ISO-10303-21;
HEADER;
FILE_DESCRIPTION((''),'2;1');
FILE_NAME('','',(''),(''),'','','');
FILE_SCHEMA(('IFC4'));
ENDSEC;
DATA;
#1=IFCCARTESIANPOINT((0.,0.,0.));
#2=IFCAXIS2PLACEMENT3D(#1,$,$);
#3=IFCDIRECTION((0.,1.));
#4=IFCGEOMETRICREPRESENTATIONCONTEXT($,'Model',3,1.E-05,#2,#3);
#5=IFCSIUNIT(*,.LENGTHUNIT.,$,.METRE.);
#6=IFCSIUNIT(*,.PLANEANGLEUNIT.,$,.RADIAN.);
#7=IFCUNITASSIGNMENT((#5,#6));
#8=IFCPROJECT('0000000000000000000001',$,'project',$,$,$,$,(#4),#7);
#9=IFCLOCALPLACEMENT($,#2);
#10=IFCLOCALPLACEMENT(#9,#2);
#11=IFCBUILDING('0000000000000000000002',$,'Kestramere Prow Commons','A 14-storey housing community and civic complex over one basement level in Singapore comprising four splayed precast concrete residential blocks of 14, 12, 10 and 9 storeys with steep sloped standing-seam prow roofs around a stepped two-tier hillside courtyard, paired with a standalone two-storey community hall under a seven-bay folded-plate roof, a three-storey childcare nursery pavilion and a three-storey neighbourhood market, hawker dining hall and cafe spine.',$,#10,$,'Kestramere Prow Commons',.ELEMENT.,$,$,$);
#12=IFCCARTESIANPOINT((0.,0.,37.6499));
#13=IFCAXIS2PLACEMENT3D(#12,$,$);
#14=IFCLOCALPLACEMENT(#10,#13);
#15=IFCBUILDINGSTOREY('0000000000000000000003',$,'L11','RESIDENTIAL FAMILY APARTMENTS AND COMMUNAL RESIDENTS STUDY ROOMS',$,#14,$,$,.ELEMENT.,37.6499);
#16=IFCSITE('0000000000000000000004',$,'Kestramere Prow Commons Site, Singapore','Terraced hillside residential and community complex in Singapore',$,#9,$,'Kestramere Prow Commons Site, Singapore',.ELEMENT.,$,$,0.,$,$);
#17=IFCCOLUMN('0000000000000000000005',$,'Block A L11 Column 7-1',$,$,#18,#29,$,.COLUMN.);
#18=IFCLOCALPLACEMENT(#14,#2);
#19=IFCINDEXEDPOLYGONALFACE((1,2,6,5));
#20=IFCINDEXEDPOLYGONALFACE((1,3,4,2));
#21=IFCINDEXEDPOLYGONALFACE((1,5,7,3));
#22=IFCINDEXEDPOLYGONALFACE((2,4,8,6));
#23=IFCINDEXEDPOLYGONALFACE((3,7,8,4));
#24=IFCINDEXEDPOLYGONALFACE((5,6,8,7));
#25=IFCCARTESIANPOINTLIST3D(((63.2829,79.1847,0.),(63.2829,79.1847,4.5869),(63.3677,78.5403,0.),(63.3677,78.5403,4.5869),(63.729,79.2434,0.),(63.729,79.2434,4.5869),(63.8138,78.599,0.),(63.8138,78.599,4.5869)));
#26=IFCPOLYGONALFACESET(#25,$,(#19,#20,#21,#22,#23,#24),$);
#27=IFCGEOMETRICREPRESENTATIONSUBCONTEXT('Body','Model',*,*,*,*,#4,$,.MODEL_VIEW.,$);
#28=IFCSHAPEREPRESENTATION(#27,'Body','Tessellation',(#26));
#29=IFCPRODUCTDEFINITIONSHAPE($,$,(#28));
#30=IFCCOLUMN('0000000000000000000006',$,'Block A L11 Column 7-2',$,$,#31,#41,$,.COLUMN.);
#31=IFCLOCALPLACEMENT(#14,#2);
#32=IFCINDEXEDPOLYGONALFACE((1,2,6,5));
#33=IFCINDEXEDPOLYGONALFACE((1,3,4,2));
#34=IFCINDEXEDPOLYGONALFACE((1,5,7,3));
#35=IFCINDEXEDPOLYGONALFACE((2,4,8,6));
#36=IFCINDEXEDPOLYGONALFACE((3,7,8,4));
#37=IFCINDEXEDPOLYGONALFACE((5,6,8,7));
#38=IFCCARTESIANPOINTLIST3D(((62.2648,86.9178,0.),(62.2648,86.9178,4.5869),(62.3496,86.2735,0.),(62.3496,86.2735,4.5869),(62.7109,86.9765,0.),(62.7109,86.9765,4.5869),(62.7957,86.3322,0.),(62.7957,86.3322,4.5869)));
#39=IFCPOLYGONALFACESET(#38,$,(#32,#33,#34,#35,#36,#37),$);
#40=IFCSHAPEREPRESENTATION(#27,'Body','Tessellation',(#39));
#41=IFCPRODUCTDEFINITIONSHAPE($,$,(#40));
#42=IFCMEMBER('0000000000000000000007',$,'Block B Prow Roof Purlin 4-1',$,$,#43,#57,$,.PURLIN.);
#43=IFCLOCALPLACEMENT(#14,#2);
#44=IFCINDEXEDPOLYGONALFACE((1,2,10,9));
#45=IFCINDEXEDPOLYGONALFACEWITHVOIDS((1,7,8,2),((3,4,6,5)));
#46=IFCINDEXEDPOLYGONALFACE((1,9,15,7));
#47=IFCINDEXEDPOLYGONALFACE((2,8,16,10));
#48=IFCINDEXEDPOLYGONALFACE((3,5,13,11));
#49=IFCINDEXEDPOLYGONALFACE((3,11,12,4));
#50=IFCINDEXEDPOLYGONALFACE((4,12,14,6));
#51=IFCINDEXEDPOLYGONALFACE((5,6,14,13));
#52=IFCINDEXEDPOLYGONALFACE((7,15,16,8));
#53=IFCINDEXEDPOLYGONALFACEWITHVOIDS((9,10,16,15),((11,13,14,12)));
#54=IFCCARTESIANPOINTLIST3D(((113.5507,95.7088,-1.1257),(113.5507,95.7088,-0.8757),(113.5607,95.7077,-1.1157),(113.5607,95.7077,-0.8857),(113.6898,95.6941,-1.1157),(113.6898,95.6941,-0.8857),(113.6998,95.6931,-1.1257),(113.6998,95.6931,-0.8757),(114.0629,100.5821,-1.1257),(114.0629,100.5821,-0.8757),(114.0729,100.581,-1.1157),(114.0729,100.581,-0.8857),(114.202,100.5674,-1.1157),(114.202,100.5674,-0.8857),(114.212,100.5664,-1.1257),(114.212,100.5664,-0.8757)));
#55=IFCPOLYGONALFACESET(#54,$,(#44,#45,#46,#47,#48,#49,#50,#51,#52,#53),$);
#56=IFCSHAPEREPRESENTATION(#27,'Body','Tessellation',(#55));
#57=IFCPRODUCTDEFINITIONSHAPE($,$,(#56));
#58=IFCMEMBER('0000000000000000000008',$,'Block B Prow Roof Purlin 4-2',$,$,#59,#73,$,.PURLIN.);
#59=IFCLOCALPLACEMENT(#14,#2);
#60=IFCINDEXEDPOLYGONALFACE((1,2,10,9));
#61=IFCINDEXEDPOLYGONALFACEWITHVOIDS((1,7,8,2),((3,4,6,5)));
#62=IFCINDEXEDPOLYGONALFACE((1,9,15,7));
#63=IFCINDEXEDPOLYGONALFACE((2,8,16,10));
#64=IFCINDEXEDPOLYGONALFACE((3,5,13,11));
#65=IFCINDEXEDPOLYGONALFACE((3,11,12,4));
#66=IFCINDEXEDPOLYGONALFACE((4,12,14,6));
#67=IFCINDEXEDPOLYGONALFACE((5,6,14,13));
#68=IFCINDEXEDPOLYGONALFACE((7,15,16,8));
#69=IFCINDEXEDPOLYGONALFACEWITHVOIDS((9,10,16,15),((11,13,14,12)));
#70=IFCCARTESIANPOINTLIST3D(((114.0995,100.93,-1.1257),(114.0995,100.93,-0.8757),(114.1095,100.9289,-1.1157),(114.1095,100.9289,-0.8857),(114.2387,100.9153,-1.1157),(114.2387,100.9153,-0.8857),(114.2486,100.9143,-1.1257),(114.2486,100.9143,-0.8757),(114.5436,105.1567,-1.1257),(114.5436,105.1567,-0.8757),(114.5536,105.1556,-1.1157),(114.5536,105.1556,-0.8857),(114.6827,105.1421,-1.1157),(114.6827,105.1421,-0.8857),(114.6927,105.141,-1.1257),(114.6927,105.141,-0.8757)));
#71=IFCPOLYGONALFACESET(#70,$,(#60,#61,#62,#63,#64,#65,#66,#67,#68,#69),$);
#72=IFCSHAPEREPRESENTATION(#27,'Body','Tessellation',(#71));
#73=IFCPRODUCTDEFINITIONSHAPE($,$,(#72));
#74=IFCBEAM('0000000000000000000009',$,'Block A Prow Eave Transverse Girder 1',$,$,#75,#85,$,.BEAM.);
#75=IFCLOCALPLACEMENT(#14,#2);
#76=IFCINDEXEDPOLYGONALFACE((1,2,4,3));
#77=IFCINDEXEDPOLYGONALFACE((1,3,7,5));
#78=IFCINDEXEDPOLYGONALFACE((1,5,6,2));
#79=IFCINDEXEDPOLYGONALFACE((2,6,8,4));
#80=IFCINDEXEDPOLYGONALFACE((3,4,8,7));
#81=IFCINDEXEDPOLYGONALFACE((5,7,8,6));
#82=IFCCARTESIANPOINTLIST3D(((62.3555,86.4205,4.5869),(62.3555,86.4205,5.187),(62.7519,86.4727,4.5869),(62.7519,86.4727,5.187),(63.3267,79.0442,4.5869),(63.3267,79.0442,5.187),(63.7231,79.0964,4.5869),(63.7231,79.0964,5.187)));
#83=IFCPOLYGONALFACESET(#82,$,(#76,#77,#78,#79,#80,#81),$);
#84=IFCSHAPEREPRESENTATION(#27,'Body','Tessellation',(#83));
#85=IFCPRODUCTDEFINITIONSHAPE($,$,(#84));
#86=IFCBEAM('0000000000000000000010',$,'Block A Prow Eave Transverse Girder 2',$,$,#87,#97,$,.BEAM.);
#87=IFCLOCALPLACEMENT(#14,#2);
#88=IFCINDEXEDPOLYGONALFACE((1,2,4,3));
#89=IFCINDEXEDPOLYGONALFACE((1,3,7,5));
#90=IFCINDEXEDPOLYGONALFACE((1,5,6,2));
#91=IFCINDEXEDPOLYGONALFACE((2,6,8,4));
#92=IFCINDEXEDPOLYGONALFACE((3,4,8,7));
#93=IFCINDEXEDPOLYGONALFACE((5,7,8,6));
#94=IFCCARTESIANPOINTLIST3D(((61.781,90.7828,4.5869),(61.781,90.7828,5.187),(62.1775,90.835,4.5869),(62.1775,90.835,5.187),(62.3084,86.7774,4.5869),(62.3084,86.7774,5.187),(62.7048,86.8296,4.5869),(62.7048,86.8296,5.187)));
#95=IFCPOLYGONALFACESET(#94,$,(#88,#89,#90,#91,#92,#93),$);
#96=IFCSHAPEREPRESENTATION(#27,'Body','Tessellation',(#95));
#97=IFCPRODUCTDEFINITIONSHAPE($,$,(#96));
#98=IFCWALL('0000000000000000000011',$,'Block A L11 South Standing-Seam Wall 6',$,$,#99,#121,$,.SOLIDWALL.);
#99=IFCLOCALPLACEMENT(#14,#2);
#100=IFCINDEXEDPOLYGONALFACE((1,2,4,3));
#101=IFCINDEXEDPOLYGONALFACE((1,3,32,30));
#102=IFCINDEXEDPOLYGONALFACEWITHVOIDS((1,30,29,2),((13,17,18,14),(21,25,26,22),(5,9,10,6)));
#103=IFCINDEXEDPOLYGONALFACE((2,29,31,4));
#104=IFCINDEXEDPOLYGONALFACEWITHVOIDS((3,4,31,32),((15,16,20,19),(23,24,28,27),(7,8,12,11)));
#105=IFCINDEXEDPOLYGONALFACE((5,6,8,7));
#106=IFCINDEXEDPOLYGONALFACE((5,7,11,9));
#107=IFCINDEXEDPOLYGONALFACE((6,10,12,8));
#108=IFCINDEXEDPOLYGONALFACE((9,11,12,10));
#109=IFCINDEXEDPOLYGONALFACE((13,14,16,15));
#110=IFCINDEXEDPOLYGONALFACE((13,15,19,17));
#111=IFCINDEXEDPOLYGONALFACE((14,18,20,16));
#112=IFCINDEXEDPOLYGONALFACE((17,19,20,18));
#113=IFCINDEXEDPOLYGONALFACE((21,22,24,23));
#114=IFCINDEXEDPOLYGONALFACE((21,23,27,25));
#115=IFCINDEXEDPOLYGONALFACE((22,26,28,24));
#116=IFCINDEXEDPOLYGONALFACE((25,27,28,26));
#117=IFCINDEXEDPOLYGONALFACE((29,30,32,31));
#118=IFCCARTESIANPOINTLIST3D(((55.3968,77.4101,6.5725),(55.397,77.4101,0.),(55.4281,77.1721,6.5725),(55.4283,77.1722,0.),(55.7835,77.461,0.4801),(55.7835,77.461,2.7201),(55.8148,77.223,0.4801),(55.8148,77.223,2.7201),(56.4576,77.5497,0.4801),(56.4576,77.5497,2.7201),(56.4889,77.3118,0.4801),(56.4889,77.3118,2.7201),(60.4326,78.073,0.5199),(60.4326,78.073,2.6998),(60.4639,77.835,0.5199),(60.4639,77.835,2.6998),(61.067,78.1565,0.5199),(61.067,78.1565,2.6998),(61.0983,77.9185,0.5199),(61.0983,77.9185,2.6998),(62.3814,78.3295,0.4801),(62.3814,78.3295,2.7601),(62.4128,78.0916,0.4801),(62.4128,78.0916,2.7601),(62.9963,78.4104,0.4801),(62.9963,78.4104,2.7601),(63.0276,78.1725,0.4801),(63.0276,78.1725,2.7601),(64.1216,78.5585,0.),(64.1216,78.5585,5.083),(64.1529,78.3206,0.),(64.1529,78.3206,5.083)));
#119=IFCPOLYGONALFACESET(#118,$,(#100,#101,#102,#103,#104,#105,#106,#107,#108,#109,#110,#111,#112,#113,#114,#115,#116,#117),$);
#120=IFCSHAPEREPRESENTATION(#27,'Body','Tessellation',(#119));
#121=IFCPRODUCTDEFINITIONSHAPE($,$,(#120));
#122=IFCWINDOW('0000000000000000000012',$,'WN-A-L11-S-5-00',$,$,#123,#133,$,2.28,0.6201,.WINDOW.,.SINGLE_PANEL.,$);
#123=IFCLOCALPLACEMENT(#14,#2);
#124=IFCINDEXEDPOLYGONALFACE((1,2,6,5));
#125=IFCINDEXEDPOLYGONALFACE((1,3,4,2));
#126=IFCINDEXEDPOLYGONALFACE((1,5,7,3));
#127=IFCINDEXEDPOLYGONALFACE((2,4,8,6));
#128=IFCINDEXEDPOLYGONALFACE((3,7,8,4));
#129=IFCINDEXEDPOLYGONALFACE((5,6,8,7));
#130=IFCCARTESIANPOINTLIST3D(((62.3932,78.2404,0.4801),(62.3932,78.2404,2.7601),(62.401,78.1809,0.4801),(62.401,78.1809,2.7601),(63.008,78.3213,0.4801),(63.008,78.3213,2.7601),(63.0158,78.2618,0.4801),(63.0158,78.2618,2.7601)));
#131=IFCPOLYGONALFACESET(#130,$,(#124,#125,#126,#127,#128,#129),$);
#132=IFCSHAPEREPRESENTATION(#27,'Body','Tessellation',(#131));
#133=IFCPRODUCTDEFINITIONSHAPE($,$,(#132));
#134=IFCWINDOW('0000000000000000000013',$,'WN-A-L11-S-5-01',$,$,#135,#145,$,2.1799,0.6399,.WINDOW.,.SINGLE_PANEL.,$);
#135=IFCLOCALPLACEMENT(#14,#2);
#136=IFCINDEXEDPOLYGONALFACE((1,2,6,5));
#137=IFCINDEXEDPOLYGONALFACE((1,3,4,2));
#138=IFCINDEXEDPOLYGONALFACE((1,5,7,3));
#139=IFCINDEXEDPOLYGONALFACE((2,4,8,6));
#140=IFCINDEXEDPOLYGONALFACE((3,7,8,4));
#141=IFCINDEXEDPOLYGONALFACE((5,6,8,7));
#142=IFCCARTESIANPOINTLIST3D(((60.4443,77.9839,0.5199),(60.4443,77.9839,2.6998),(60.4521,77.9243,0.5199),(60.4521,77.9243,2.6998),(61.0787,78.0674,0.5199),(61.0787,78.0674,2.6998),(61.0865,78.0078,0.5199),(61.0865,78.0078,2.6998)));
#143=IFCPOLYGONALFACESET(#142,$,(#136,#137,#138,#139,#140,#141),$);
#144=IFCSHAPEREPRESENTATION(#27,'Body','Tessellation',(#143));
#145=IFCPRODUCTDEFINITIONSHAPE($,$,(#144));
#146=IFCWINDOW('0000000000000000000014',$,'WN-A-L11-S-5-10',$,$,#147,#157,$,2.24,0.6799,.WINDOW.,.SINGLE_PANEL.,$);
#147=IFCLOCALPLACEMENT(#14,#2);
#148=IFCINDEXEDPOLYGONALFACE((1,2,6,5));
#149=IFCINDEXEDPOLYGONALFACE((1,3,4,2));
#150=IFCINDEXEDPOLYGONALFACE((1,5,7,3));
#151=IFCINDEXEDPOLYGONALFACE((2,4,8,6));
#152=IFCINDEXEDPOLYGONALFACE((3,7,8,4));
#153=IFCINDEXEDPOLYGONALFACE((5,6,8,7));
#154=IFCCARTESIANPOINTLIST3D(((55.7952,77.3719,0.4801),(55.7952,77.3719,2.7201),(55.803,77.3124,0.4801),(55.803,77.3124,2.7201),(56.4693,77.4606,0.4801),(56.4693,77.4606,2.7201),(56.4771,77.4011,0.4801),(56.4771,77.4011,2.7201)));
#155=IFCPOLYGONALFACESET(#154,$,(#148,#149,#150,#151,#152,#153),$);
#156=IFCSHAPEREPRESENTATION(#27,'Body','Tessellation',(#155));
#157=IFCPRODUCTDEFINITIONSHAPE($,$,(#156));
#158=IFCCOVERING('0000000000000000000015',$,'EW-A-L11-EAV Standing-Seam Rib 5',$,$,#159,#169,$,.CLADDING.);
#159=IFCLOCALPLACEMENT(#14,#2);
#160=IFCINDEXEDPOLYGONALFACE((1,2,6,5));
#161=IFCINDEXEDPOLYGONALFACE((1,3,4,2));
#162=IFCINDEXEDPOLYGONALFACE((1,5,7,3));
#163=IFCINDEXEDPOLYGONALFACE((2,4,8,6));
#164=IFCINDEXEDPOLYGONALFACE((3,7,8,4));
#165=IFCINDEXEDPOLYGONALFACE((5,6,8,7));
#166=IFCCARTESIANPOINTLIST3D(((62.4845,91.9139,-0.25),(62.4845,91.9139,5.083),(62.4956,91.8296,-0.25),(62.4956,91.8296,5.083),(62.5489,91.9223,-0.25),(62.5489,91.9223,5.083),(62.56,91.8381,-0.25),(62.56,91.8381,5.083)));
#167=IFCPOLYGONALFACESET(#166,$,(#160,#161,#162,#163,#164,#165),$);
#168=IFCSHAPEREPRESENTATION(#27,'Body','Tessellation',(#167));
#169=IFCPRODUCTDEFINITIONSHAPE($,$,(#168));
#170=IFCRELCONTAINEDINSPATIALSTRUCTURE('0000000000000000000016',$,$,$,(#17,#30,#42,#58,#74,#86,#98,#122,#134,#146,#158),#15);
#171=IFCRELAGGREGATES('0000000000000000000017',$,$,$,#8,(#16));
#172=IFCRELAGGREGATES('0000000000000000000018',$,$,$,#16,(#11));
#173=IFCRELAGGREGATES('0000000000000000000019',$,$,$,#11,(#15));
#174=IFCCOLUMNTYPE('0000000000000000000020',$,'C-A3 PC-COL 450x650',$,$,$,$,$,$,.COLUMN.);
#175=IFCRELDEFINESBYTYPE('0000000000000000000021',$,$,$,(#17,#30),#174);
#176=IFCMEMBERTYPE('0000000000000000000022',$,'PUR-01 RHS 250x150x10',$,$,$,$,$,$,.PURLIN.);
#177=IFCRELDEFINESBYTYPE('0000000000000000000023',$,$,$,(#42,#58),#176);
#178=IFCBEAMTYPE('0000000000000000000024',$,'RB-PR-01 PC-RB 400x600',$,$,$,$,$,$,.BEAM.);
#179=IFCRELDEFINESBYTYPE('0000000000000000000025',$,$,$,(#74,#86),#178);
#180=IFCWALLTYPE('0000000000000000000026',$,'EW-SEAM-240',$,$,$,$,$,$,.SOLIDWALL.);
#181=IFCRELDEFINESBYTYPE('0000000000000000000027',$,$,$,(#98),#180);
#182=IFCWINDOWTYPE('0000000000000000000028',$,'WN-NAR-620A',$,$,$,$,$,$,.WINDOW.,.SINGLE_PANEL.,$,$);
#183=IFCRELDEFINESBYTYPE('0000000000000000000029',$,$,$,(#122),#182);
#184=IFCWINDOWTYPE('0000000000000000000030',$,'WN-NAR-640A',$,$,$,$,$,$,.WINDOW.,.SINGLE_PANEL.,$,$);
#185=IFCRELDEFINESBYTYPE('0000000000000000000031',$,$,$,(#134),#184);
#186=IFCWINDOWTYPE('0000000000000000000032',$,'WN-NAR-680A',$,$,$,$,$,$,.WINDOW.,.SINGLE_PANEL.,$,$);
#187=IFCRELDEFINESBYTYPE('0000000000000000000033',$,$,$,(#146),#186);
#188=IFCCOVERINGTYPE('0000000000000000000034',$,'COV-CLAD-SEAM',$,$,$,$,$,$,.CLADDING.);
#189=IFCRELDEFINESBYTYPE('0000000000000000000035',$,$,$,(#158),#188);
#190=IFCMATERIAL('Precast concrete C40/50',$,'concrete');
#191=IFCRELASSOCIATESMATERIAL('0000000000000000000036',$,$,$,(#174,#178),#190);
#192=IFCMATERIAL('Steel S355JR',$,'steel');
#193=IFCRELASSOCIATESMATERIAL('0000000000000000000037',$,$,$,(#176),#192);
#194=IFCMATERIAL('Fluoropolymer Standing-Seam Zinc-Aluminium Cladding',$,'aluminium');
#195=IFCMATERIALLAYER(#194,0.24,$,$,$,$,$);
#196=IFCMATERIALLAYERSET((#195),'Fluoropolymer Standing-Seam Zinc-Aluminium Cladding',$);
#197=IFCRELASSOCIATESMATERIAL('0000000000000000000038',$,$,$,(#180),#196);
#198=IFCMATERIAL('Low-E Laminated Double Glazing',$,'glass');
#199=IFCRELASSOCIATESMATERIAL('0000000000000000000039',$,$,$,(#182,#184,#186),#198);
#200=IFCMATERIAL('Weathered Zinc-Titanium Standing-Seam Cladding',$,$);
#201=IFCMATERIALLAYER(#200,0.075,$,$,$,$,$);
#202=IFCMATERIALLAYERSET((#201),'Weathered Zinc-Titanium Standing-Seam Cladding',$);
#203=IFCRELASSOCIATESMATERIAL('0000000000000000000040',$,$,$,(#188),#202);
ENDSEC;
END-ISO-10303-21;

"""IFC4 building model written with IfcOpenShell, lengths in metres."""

from ifc_helpers import new_model, si_unit, direction, frame, frame_2d, origin, origin_2d, place, context, subcontext, project, spatial, polyline, rectangle, hollow_rectangle, outline, extrude, material, layer, layer_set, material_profile, profile_set, type_object, element, fill, save


model = new_model("IFC4")

# Units and contexts
model_context = context("Model", 3, precision=1e-05, world=origin(), true_north=direction((0.0, 1.0)))
body_context = subcontext(model_context, "Body", "Model", "MODEL_VIEW")
ifc_project = project(units=[si_unit("LENGTHUNIT", "METRE"), si_unit("PLANEANGLEUNIT", "RADIAN")], contexts=[model_context])

# Site, building, storey
site_placement = place(None, origin())
site = spatial("IfcSite", under=ifc_project, at=site_placement, Name="Kestramere Prow Commons Site, Singapore", Description="Terraced hillside residential and community complex in Singapore", LongName="Kestramere Prow Commons Site, Singapore", CompositionType="ELEMENT", RefElevation=0.0)
building_placement = place(site_placement, origin())
building = spatial("IfcBuilding", under=site, at=building_placement, Name="Kestramere Prow Commons", Description="A 14-storey housing community and civic complex over one basement level in Singapore comprising four splayed precast concrete residential blocks of 14, 12, 10 and 9 storeys with steep sloped standing-seam prow roofs around a stepped two-tier hillside courtyard, paired with a standalone two-storey community hall under a seven-bay folded-plate roof, a three-storey childcare nursery pavilion and a three-storey neighbourhood market, hawker dining hall and cafe spine.", LongName="Kestramere Prow Commons", CompositionType="ELEMENT")
storey_placement = place(building_placement, frame((0.0, 0.0, 37.6499)))
storey = spatial("IfcBuildingStorey", under=building, at=storey_placement, Name="L11", Description="RESIDENTIAL FAMILY APARTMENTS AND COMMUNAL RESIDENTS STUDY ROOMS", CompositionType="ELEMENT", Elevation=37.6499)

# Columns
ifc_material_1 = material(Name="Precast concrete C40/50", Category="concrete")
ifc_material_profile_1 = material_profile(ifc_material_1, rectangle(XDim=0.45, YDim=0.6499, at=origin_2d()), Name="PC-COL 450x650")
ifc_profile_set_1 = profile_set([ifc_material_profile_1], Name="Precast concrete C40/50")
column_type = type_object("IfcColumnType", Name="C-A3 PC-COL 450x650", PredefinedType="COLUMN", material=ifc_profile_set_1)
for number, where, z_axis, x_axis, name in (
    (1, (63.5483, 78.8918, 0.0), (0.0, 0.0, 1.0), (0.991445, 0.130526, 0.0), "Block A L11 Column 7-1"),
    (2, (62.5303, 86.625, 0.0), (0.0, 0.0, 1.0), (0.991445, 0.130526, 0.0), "Block A L11 Column 7-2"),
):
    element("IfcColumn", number, at=place(storey_placement, frame(where, z_axis=z_axis, x_axis=x_axis)), inside=storey, type_object=column_type, Name=name, PredefinedType="COLUMN", context=body_context, shape_type="SweptSolid", body=[
        extrude(rectangle(XDim=0.45, YDim=0.6499, at=origin_2d()), origin(), (0.0, 0.0, 1.0), 4.5869),
    ])

# Members
ifc_material_2 = material(Name="Steel S355JR", Category="steel")
ifc_material_profile_2 = material_profile(ifc_material_2, hollow_rectangle(XDim=0.1499, YDim=0.25, WallThickness=0.01, at=origin_2d()), Name="RHS 250x150x10")
ifc_profile_set_2 = profile_set([ifc_material_profile_2], Name="Steel S355JR")
member_type = type_object("IfcMemberType", Name="PUR-01 RHS 250x150x10", PredefinedType="PURLIN", material=ifc_profile_set_2)
member_1_placement = place(storey_placement, frame((113.6252, 95.7009, -1.0007), z_axis=(0.104529, 0.994522, 0.0), x_axis=(-0.994522, 0.104529, 0.0)))
element("IfcMember", 3, at=member_1_placement, inside=storey, type_object=member_type, Name="Block B Prow Roof Purlin 4-1", PredefinedType="PURLIN", context=body_context, shape_type="SweptSolid", body=[
    extrude(hollow_rectangle(XDim=0.1499, YDim=0.25, WallThickness=0.01, at=origin_2d()), origin(), (0.0, 0.0, 1.0), 4.9001),
])
member_2_placement = place(storey_placement, frame((114.1741, 100.9221, -1.0007), z_axis=(0.10449, 0.994526, 0.0), x_axis=(-0.994526, 0.10449, 0.0)))
element("IfcMember", 4, at=member_2_placement, inside=storey, type_object=member_type, Name="Block B Prow Roof Purlin 4-2", PredefinedType="PURLIN", context=body_context, shape_type="SweptSolid", body=[
    extrude(hollow_rectangle(XDim=0.1499, YDim=0.25, WallThickness=0.01, at=origin_2d()), origin(), (0.0, 0.0, 1.0), 4.25),
])

# Beams
ifc_material_profile_3 = material_profile(ifc_material_1, rectangle(XDim=0.3999, YDim=0.6001, at=origin_2d()), Name="PC-RB 400x600")
ifc_profile_set_3 = profile_set([ifc_material_profile_3], Name="Precast concrete C40/50")
beam_type = type_object("IfcBeamType", Name="RB-PR-01 PC-RB 400x600", PredefinedType="BEAM", material=ifc_profile_set_3)
beam_1_placement = place(storey_placement, frame((63.5249, 79.0703, 4.887), z_axis=(-0.130539, 0.991443, 0.0), x_axis=(-0.991443, -0.130539, 0.0)))
element("IfcBeam", 5, at=beam_1_placement, inside=storey, type_object=beam_type, Name="Block A Prow Eave Transverse Girder 1", PredefinedType="BEAM", context=body_context, shape_type="SweptSolid", body=[
    extrude(rectangle(XDim=0.3999, YDim=0.6001, at=origin_2d()), origin(), (0.0, 0.0, 1.0), 7.4399),
])
beam_2_placement = place(storey_placement, frame((62.5066, 86.8035, 4.887), z_axis=(-0.130533, 0.991444, 0.0), x_axis=(-0.991444, -0.130533, 0.0)))
element("IfcBeam", 6, at=beam_2_placement, inside=storey, type_object=beam_type, Name="Block A Prow Eave Transverse Girder 2", PredefinedType="BEAM", context=body_context, shape_type="SweptSolid", body=[
    extrude(rectangle(XDim=0.3999, YDim=0.6001, at=origin_2d()), origin(), (0.0, 0.0, 1.0), 4.04),
])

# Wall, openings, windows
ifc_material_3 = material(Name="Fluoropolymer Standing-Seam Zinc-Aluminium Cladding", Category="aluminium")
ifc_layer_1 = layer(ifc_material_3, 0.24)
ifc_layer_set_1 = layer_set([ifc_layer_1], Name="Fluoropolymer Standing-Seam Zinc-Aluminium Cladding")
wall_type = type_object("IfcWallType", Name="EW-SEAM-240", PredefinedType="SOLIDWALL", material=ifc_layer_set_1)
wall_placement = place(storey_placement, frame((64.1372, 78.4397, 0.0), z_axis=(0.0, 0.0, 1.0), x_axis=(-0.991447, -0.130506, 0.0)))
wall = element("IfcWall", 7, at=wall_placement, inside=storey, type_object=wall_type, Name="Block A L11 South Standing-Seam Wall 6", PredefinedType="SOLIDWALL", context=body_context, shape_type="SweptSolid", body=[
    extrude(outline(polyline([(0.0, 0.0), (8.7998, 0.0), (8.8, 6.5725), (0.0, 5.083), (0.0, 0.0)])), frame((0.0, 0.1201, 0.0), z_axis=(0.0, -1.0, 0.0), x_axis=(1.0, 0.0, 0.0)), (0.0, 0.0, 1.0), 0.24),
])
opening_1_placement = place(wall_placement, frame((1.135, 0.0, 0.48)))
opening_1 = element("IfcOpeningElement", 8, at=opening_1_placement, cuts=wall, PredefinedType="OPENING", context=body_context, shape_type="SweptSolid", body=[
    extrude(rectangle(XDim=0.6201, YDim=2.28, at=frame_2d((0.3101, 1.1401))), frame((0.0, 0.135, 0.0), z_axis=(0.0, -1.0, 0.0), x_axis=(1.0, 0.0, 0.0)), (0.0, 0.0, 1.0), 0.27),
])
opening_2_placement = place(wall_placement, frame((3.0811, 0.0, 0.52)))
opening_2 = element("IfcOpeningElement", 9, at=opening_2_placement, cuts=wall, PredefinedType="OPENING", context=body_context, shape_type="SweptSolid", body=[
    extrude(rectangle(XDim=0.6399, YDim=2.1799, at=frame_2d((0.3198, 1.0898))), frame((0.0, 0.135, 0.0), z_axis=(0.0, -1.0, 0.0), x_axis=(1.0, 0.0, 0.0)), (0.0, 0.0, 1.0), 0.27),
])
opening_3_placement = place(wall_placement, frame((7.7302, 0.0, 0.48)))
opening_3 = element("IfcOpeningElement", 10, at=opening_3_placement, cuts=wall, PredefinedType="OPENING", context=body_context, shape_type="SweptSolid", body=[
    extrude(rectangle(XDim=0.6799, YDim=2.24, at=frame_2d((0.3398, 1.1201))), frame((0.0, 0.135, 0.0), z_axis=(0.0, -1.0, 0.0), x_axis=(1.0, 0.0, 0.0)), (0.0, 0.0, 1.0), 0.27),
])
ifc_material_4 = material(Name="Low-E Laminated Double Glazing", Category="glass")
window_type_1 = type_object("IfcWindowType", Name="WN-NAR-620A", PartitioningType="SINGLE_PANEL", PredefinedType="WINDOW", material=ifc_material_4)
window_1_placement = place(opening_1_placement, origin())
window_1 = element("IfcWindow", 11, at=window_1_placement, inside=storey, type_object=window_type_1, Name="WN-A-L11-S-5-00", OverallHeight=2.28, OverallWidth=0.6201, PartitioningType="SINGLE_PANEL", PredefinedType="WINDOW", context=body_context, shape_type="SweptSolid", body=[
    extrude(rectangle(XDim=0.6201, YDim=2.28, at=frame_2d((0.3101, 1.1401))), frame((0.0, 0.03, 0.0), z_axis=(0.0, -1.0, 0.0), x_axis=(1.0, 0.0, 0.0)), (0.0, 0.0, 1.0), 0.0601),
])
fill(opening_1, window_1)
window_type_2 = type_object("IfcWindowType", Name="WN-NAR-640A", PartitioningType="SINGLE_PANEL", PredefinedType="WINDOW", material=ifc_material_4)
window_2_placement = place(opening_2_placement, origin())
window_2 = element("IfcWindow", 12, at=window_2_placement, inside=storey, type_object=window_type_2, Name="WN-A-L11-S-5-01", OverallHeight=2.1799, OverallWidth=0.6399, PartitioningType="SINGLE_PANEL", PredefinedType="WINDOW", context=body_context, shape_type="SweptSolid", body=[
    extrude(rectangle(XDim=0.6399, YDim=2.1799, at=frame_2d((0.3198, 1.0898))), frame((0.0, 0.03, 0.0), z_axis=(0.0, -1.0, 0.0), x_axis=(1.0, 0.0, 0.0)), (0.0, 0.0, 1.0), 0.0601),
])
fill(opening_2, window_2)
window_type_3 = type_object("IfcWindowType", Name="WN-NAR-680A", PartitioningType="SINGLE_PANEL", PredefinedType="WINDOW", material=ifc_material_4)
window_3_placement = place(opening_3_placement, origin())
window_3 = element("IfcWindow", 13, at=window_3_placement, inside=storey, type_object=window_type_3, Name="WN-A-L11-S-5-10", OverallHeight=2.24, OverallWidth=0.6799, PartitioningType="SINGLE_PANEL", PredefinedType="WINDOW", context=body_context, shape_type="SweptSolid", body=[
    extrude(rectangle(XDim=0.6799, YDim=2.24, at=frame_2d((0.3398, 1.1201))), frame((0.0, 0.03, 0.0), z_axis=(0.0, -1.0, 0.0), x_axis=(1.0, 0.0, 0.0)), (0.0, 0.0, 1.0), 0.0601),
])
fill(opening_3, window_3)

# Covering
ifc_material_5 = material(Name="Weathered Zinc-Titanium Standing-Seam Cladding")
ifc_layer_2 = layer(ifc_material_5, 0.075)
ifc_layer_set_2 = layer_set([ifc_layer_2], Name="Weathered Zinc-Titanium Standing-Seam Cladding")
covering_type = type_object("IfcCoveringType", Name="COV-CLAD-SEAM", PredefinedType="CLADDING", material=ifc_layer_set_2)
for number, where, z_axis, x_axis, name in (
    (14, (62.5222, 91.876, -0.25), (0.0, 0.0, 1.0), (0.130526, -0.991445, 0.0), "EW-A-L11-EAV Standing-Seam Rib 5"),
):
    element("IfcCovering", number, at=place(storey_placement, frame(where, z_axis=z_axis, x_axis=x_axis)), inside=storey, type_object=covering_type, Name=name, PredefinedType="CLADDING", context=body_context, shape_type="SweptSolid", body=[
        extrude(rectangle(XDim=0.085, YDim=0.0649, at=origin_2d()), origin(), (0.0, 0.0, 1.0), 5.333),
    ])

save(model, "model.ifc")
